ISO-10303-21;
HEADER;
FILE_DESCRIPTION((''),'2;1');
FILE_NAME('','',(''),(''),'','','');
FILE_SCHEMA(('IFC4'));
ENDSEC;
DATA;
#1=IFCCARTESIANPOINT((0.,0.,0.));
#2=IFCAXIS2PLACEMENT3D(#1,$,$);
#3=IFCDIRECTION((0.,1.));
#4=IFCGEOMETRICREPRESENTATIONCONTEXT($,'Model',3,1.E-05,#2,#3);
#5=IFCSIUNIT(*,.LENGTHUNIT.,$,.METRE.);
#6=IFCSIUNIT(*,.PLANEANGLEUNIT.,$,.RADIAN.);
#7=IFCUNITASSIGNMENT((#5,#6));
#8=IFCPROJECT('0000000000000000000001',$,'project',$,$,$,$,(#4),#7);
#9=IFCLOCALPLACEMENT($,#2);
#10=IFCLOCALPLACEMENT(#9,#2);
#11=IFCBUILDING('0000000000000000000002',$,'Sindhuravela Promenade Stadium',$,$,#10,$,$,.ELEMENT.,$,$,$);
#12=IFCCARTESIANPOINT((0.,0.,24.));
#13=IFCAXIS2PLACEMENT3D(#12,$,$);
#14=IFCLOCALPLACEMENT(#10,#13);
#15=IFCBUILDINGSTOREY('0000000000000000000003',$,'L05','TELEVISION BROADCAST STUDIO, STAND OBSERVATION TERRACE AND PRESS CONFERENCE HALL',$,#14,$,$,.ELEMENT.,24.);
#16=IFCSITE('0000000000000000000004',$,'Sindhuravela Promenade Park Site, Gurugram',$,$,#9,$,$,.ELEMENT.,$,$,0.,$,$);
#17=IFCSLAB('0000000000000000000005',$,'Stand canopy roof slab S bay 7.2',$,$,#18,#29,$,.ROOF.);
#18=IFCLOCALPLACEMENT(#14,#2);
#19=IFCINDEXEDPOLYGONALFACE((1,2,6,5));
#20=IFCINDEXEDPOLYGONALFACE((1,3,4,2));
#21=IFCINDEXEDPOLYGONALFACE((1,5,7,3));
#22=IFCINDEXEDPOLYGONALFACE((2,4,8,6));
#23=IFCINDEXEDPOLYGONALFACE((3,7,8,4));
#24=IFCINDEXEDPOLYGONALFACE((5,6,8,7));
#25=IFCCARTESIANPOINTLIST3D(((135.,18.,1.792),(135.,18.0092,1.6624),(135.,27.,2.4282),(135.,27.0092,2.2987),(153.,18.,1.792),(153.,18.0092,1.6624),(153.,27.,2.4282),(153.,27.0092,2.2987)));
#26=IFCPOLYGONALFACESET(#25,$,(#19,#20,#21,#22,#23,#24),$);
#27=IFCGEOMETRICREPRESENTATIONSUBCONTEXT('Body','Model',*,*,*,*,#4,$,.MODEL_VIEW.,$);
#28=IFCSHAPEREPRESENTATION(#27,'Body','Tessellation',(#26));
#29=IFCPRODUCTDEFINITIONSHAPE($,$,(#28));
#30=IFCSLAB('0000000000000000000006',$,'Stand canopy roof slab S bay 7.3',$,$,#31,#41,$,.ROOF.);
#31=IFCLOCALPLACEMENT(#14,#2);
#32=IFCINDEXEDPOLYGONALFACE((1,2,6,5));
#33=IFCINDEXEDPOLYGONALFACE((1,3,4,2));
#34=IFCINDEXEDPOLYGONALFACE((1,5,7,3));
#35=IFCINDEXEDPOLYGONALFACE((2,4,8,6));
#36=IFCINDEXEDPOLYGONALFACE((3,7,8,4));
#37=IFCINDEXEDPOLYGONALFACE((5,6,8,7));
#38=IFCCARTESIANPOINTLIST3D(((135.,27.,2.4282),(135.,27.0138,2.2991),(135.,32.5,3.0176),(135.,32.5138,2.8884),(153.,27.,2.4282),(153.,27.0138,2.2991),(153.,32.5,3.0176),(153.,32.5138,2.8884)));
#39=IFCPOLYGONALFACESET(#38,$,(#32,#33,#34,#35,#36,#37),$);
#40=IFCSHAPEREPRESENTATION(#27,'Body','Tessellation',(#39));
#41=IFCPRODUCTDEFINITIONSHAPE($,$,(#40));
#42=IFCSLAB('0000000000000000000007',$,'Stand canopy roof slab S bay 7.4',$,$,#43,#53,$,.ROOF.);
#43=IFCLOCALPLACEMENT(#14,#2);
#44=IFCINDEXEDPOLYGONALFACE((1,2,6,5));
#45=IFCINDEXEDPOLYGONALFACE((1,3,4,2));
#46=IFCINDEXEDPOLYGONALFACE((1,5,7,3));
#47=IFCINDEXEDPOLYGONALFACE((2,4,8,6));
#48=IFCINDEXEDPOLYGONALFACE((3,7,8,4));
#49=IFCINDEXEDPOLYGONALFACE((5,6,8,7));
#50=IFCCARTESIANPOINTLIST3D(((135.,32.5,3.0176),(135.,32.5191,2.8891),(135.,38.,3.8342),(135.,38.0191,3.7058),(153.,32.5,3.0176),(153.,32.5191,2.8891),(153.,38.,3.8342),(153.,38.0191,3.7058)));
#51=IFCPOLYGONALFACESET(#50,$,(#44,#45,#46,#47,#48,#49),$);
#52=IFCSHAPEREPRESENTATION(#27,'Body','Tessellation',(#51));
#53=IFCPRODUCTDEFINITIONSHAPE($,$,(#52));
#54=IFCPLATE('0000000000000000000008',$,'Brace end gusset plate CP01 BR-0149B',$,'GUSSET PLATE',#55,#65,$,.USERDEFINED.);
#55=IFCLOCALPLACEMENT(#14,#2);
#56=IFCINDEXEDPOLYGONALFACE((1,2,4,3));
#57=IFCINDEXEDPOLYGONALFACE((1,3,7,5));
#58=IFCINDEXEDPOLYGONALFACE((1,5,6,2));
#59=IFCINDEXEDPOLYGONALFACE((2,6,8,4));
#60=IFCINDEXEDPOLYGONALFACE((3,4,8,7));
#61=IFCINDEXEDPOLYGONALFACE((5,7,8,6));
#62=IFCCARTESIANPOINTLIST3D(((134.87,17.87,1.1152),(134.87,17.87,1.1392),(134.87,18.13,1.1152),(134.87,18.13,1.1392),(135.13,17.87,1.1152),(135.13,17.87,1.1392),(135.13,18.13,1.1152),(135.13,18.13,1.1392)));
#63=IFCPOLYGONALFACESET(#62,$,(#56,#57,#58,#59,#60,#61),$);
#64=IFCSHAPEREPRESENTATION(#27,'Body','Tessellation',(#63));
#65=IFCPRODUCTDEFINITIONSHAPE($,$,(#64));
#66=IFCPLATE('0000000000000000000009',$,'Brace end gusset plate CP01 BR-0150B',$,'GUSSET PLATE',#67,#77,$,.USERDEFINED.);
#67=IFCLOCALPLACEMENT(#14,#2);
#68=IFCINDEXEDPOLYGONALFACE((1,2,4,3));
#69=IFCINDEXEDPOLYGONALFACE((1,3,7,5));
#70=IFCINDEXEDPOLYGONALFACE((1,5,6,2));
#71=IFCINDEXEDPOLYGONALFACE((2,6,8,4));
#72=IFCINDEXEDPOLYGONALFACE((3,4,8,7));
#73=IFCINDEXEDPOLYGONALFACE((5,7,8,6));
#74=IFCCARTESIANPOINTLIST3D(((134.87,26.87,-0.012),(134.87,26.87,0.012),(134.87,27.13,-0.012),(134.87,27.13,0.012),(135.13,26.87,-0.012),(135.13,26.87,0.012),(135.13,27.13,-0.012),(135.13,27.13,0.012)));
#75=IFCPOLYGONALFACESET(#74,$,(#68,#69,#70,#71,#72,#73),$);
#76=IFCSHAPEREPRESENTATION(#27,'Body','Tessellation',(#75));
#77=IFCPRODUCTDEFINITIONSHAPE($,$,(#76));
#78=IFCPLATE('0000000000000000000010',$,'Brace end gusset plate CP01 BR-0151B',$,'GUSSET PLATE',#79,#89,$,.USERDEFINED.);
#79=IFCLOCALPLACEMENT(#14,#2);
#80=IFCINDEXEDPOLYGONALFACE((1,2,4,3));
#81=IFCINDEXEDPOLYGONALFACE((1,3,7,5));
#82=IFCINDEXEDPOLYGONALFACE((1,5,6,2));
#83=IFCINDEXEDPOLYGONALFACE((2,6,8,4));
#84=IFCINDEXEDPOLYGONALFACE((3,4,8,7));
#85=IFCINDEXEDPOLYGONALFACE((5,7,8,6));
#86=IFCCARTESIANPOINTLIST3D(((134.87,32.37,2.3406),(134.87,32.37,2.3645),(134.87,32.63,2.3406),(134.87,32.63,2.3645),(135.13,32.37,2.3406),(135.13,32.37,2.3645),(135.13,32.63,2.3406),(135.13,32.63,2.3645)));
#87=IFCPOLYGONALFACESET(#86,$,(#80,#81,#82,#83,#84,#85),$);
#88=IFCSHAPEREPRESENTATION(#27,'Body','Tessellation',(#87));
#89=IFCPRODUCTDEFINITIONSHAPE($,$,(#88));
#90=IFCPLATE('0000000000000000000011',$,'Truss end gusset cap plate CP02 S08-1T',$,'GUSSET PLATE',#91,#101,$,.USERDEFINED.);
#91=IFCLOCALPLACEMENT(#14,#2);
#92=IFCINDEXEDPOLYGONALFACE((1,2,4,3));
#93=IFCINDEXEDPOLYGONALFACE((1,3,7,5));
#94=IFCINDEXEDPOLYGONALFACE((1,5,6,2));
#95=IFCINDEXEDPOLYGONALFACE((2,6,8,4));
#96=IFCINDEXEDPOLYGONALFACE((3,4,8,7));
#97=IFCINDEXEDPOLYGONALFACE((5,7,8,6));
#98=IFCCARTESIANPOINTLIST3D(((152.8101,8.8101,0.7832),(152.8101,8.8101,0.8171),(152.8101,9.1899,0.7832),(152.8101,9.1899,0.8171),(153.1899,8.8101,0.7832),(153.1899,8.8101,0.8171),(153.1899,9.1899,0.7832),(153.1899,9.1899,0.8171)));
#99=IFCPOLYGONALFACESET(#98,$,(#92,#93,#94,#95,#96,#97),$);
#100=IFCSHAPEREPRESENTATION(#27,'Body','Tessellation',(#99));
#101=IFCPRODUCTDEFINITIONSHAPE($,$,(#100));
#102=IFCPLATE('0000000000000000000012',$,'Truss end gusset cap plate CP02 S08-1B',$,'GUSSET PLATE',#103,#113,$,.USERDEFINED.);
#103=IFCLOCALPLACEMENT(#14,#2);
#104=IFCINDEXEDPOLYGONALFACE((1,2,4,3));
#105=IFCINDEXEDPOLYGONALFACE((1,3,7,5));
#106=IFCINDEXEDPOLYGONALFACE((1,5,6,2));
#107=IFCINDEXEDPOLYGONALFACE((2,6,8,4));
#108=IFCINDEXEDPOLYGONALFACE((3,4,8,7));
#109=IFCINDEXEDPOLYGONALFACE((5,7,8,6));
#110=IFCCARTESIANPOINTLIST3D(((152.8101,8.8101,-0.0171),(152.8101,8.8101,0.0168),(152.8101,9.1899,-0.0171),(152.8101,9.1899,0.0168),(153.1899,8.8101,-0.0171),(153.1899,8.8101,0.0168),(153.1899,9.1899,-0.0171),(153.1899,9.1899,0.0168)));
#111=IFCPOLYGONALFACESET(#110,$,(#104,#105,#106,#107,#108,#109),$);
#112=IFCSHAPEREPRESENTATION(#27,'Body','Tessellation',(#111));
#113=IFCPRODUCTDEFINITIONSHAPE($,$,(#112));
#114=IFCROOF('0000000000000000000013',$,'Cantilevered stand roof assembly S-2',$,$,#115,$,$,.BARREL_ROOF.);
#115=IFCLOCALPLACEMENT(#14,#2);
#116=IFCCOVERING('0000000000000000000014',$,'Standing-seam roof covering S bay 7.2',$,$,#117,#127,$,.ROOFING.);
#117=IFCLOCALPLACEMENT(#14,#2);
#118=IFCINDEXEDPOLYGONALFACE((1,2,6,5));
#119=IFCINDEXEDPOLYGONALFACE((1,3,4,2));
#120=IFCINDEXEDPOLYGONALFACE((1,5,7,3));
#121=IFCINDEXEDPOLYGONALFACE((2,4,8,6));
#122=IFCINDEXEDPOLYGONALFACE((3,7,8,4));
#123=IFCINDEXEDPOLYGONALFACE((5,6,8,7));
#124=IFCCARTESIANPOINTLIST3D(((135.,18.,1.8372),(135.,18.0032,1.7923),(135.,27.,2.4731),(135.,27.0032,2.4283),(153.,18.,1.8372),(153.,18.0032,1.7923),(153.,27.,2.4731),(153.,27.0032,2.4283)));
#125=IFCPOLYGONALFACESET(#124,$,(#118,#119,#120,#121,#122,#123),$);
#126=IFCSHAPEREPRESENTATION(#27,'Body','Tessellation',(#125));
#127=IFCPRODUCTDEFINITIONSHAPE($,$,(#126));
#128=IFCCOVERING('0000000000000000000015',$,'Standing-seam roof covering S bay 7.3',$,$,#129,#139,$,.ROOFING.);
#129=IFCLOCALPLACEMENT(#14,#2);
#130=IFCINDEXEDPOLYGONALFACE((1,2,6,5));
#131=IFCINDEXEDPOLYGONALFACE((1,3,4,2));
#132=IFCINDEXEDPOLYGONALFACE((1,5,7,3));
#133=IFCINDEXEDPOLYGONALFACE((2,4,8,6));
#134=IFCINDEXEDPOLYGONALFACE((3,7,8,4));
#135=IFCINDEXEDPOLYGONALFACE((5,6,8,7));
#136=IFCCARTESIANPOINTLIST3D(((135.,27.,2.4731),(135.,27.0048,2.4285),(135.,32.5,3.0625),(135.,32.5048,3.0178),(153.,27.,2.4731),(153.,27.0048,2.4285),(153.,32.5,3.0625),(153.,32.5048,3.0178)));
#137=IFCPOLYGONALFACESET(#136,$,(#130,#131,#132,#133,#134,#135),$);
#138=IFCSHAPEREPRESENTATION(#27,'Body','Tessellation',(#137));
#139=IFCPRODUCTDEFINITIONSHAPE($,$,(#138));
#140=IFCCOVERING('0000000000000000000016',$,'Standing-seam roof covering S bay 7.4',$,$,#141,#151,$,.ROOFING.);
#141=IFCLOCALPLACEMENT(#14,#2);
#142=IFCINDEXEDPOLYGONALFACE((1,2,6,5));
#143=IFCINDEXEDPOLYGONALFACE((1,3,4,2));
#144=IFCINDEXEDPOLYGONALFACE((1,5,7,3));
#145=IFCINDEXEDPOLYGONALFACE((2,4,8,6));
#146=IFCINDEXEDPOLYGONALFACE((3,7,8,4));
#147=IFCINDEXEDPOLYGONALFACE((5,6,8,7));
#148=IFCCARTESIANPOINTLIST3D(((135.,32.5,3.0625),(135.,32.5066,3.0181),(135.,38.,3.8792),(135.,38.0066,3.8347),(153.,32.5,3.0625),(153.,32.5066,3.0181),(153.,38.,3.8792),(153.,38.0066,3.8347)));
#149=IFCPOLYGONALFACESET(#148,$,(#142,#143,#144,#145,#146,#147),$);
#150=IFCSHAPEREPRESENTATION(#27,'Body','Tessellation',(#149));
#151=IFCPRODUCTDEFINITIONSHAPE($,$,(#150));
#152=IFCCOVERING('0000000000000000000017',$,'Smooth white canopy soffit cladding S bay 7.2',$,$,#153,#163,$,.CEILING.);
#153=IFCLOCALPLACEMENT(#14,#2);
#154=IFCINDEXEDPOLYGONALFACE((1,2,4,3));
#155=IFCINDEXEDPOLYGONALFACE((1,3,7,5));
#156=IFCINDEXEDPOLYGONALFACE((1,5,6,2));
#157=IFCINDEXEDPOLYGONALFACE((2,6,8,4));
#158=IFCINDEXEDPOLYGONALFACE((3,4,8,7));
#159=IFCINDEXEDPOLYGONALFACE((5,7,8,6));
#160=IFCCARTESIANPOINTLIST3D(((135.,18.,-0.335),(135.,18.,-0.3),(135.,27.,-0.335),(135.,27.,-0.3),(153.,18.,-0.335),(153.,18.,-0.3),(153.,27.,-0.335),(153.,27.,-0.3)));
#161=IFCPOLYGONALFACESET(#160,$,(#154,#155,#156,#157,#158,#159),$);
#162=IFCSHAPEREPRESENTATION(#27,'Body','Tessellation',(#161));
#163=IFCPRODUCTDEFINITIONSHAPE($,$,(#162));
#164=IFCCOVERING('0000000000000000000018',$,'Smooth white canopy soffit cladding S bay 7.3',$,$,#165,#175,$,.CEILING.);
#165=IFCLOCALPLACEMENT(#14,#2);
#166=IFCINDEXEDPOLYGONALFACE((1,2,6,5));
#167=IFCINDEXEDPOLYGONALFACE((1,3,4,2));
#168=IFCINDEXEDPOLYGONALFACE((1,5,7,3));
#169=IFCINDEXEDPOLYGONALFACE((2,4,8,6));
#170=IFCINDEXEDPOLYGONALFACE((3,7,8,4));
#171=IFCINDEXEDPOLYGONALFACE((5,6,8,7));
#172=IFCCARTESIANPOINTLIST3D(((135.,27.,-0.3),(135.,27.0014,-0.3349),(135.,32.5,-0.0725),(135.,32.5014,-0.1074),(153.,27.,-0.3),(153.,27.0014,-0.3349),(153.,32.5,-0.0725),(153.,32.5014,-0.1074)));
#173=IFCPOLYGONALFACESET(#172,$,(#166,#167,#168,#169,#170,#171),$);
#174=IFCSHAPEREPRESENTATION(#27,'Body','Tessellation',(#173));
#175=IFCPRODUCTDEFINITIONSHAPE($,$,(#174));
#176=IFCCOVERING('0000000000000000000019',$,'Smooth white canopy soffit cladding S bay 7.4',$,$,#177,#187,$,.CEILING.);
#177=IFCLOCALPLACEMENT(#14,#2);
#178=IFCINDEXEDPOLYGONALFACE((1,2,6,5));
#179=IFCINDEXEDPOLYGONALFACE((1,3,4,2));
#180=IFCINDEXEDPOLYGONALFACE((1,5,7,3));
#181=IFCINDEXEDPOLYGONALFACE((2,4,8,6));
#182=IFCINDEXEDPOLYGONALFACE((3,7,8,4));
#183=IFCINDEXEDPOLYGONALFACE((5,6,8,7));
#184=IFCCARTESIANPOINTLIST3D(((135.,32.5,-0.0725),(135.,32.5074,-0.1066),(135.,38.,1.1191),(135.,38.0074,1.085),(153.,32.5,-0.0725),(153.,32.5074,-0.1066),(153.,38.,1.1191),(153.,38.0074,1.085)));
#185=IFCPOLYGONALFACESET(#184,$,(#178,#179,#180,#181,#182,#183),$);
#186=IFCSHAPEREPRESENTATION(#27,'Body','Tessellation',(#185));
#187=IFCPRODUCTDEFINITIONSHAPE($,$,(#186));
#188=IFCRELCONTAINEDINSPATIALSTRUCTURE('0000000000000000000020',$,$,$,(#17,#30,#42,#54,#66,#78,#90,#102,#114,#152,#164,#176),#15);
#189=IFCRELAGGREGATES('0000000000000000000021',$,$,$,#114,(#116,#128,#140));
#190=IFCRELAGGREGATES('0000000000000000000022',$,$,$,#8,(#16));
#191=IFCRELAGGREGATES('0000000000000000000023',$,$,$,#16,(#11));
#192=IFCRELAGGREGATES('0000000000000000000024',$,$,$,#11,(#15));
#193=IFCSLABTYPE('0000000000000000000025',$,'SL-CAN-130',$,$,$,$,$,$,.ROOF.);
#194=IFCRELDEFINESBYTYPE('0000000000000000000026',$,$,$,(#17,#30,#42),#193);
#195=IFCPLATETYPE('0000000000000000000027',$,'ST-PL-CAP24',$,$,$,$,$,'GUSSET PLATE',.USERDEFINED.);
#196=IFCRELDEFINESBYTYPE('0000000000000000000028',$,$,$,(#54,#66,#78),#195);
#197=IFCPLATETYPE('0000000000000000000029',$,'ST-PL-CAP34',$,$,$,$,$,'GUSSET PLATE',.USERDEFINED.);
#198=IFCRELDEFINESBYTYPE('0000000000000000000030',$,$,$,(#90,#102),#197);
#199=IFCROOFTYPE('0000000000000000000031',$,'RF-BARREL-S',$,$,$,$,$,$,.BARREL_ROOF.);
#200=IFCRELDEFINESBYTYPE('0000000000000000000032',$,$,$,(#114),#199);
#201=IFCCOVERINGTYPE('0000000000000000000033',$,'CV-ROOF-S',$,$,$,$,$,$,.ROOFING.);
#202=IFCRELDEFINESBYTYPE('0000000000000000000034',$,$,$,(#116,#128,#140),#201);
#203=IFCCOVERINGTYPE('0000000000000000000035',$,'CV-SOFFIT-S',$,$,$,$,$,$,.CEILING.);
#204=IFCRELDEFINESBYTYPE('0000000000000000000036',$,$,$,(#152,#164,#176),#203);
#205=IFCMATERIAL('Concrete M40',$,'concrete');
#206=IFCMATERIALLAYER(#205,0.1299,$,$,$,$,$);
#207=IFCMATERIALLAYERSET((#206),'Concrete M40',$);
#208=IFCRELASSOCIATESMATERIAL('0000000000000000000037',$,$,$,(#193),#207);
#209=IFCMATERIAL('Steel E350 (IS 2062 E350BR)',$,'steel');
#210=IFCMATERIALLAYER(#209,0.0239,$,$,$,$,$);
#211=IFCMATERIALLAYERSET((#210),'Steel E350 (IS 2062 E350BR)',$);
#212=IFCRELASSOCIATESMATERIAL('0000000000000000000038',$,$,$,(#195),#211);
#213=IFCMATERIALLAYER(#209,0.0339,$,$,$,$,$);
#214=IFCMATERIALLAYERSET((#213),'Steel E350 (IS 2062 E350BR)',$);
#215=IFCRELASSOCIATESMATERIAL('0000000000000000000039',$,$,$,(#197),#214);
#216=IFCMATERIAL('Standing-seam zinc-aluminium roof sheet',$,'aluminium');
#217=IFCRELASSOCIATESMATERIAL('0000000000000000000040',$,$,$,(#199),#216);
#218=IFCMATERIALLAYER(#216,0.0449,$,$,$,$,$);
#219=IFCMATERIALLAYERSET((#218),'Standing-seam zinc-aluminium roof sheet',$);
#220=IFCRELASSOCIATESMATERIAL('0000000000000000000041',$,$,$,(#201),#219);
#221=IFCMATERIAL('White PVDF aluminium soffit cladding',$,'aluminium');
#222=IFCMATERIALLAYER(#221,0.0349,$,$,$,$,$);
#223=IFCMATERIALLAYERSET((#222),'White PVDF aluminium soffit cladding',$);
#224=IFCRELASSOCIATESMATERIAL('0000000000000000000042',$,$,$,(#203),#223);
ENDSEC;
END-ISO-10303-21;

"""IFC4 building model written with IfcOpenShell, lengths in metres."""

from ifc_helpers import new_model, si_unit, direction, frame, origin, origin_2d, place, context, subcontext, project, spatial, polyline, rectangle, outline, extrude, material, layer, layer_set, type_object, element, aggregate, save


model = new_model("IFC4")

# Units and contexts
model_context = context("Model", 3, precision=1e-05, world=origin(), true_north=direction((0.0, 1.0)))
body_context = subcontext(model_context, "Body", "Model", "MODEL_VIEW")
ifc_project = project(units=[si_unit("LENGTHUNIT", "METRE"), si_unit("PLANEANGLEUNIT", "RADIAN")], contexts=[model_context])

# Site, building, storey
site_placement = place(None, origin())
site = spatial("IfcSite", under=ifc_project, at=site_placement, Name="Sindhuravela Promenade Park Site, Gurugram", CompositionType="ELEMENT", RefElevation=0.0)
building_placement = place(site_placement, origin())
building = spatial("IfcBuilding", under=site, at=building_placement, Name="Sindhuravela Promenade Stadium", CompositionType="ELEMENT")
storey_placement = place(building_placement, frame((0.0, 0.0, 24.0)))
storey = spatial("IfcBuildingStorey", under=building, at=storey_placement, Name="L05", Description="TELEVISION BROADCAST STUDIO, STAND OBSERVATION TERRACE AND PRESS CONFERENCE HALL", CompositionType="ELEMENT", Elevation=24.0)

# Shared definitions
ifc_material_1 = material(Name="Steel E350 (IS 2062 E350BR)", Category="steel")

# Slabs
ifc_material_2 = material(Name="Concrete M40", Category="concrete")
ifc_layer_1 = layer(ifc_material_2, 0.1299)
ifc_layer_set_1 = layer_set([ifc_layer_1], Name="Concrete M40")
slab_type = type_object("IfcSlabType", Name="SL-CAN-130", PredefinedType="ROOF", material=ifc_layer_set_1)
slab_1_placement = place(storey_placement, frame((135.0, 18.0, 1.792), z_axis=(0.0, -0.070516, 0.997511), x_axis=(1.0, 0.0, 0.0)))
element("IfcSlab", 1, at=slab_1_placement, inside=storey, type_object=slab_type, Name="Stand canopy roof slab S bay 7.2", PredefinedType="ROOF", context=body_context, shape_type="SweptSolid", body=[
    extrude(outline(polyline([(0.0, 0.0), (18.0, 0.0), (18.0, 9.0225), (0.0, 9.0225), (0.0, 0.0)])), origin(), (0.0, 0.0, -1.0), 0.1299),
])
slab_2_placement = place(storey_placement, frame((135.0, 27.0, 2.4282), z_axis=(0.0, -0.106546, 0.994308), x_axis=(1.0, 0.0, 0.0)))
element("IfcSlab", 2, at=slab_2_placement, inside=storey, type_object=slab_type, Name="Stand canopy roof slab S bay 7.3", PredefinedType="ROOF", context=body_context, shape_type="SweptSolid", body=[
    extrude(outline(polyline([(0.0, 0.0), (18.0, 0.0), (18.0, 5.5315), (0.0, 5.5315), (0.0, 0.0)])), origin(), (0.0, 0.0, -1.0), 0.1299),
])
slab_3_placement = place(storey_placement, frame((135.0, 32.5, 3.0176), z_axis=(0.0, -0.146872, 0.989156), x_axis=(1.0, 0.0, 0.0)))
element("IfcSlab", 3, at=slab_3_placement, inside=storey, type_object=slab_type, Name="Stand canopy roof slab S bay 7.4", PredefinedType="ROOF", context=body_context, shape_type="SweptSolid", body=[
    extrude(outline(polyline([(0.0, 0.0), (18.0, 0.0), (18.0, 5.5603), (0.0, 5.5603), (0.0, 0.0)])), origin(), (0.0, 0.0, -1.0), 0.1299),
])

# Plates
ifc_layer_2 = layer(ifc_material_1, 0.0239)
ifc_layer_set_2 = layer_set([ifc_layer_2], Name="Steel E350 (IS 2062 E350BR)")
plate_type_1 = type_object("IfcPlateType", Name="ST-PL-CAP24", ElementType="GUSSET PLATE", PredefinedType="USERDEFINED", material=ifc_layer_set_2)
for number, where, z_axis, x_axis, name in (
    (4, (135.0, 18.0, 1.1152), (0.0, 0.0, 1.0), (1.0, 0.0, 0.0), "Brace end gusset plate CP01 BR-0149B"),
    (5, (135.0, 27.0, -0.012), (0.0, 0.0, 1.0), (1.0, 0.0, 0.0), "Brace end gusset plate CP01 BR-0150B"),
    (6, (135.0, 32.5, 2.3406), (0.0, 0.0, 1.0), (1.0, 0.0, 0.0), "Brace end gusset plate CP01 BR-0151B"),
):
    element("IfcPlate", number, at=place(storey_placement, frame(where, z_axis=z_axis, x_axis=x_axis)), inside=storey, type_object=plate_type_1, Name=name, ObjectType="GUSSET PLATE", PredefinedType="USERDEFINED", context=body_context, shape_type="SweptSolid", body=[
        extrude(rectangle(XDim=0.26, YDim=0.26, at=origin_2d()), origin(), (0.0, 0.0, 1.0), 0.0239),
    ])
ifc_layer_3 = layer(ifc_material_1, 0.0339)
ifc_layer_set_3 = layer_set([ifc_layer_3], Name="Steel E350 (IS 2062 E350BR)")
plate_type_2 = type_object("IfcPlateType", Name="ST-PL-CAP34", ElementType="GUSSET PLATE", PredefinedType="USERDEFINED", material=ifc_layer_set_3)
for number, where, z_axis, x_axis, name in (
    (7, (153.0, 9.0, 0.7832), (0.0, 0.0, 1.0), (1.0, 0.0, 0.0), "Truss end gusset cap plate CP02 S08-1T"),
    (8, (153.0, 9.0, -0.0171), (0.0, 0.0, 1.0), (1.0, 0.0, 0.0), "Truss end gusset cap plate CP02 S08-1B"),
):
    element("IfcPlate", number, at=place(storey_placement, frame(where, z_axis=z_axis, x_axis=x_axis)), inside=storey, type_object=plate_type_2, Name=name, ObjectType="GUSSET PLATE", PredefinedType="USERDEFINED", context=body_context, shape_type="SweptSolid", body=[
        extrude(rectangle(XDim=0.3799, YDim=0.3799, at=origin_2d()), origin(), (0.0, 0.0, 1.0), 0.0339),
    ])

# Roof, coverings
ifc_material_3 = material(Name="Standing-seam zinc-aluminium roof sheet", Category="aluminium")
roof_type = type_object("IfcRoofType", Name="RF-BARREL-S", PredefinedType="BARREL_ROOF", material=ifc_material_3)
roof_placement = place(storey_placement, origin())
roof = element("IfcRoof", 9, at=roof_placement, inside=storey, type_object=roof_type, Name="Cantilevered stand roof assembly S-2", PredefinedType="BARREL_ROOF")
ifc_layer_4 = layer(ifc_material_3, 0.0449)
ifc_layer_set_4 = layer_set([ifc_layer_4], Name="Standing-seam zinc-aluminium roof sheet")
covering_type_1 = type_object("IfcCoveringType", Name="CV-ROOF-S", PredefinedType="ROOFING", material=ifc_layer_set_4)
covering_1_placement = place(storey_placement, frame((135.0, 18.0, 1.8372), z_axis=(0.0, -0.070489, 0.997513), x_axis=(1.0, 0.0, 0.0)))
covering_1 = element("IfcCovering", 10, at=covering_1_placement, type_object=covering_type_1, Name="Standing-seam roof covering S bay 7.2", PredefinedType="ROOFING", context=body_context, shape_type="SweptSolid", body=[
    extrude(outline(polyline([(0.0, 0.0), (18.0, 0.0), (18.0, 9.0224), (0.0, 9.0224), (0.0, 0.0)])), origin(), (0.0, 0.0, -1.0), 0.0449),
])
covering_2_placement = place(storey_placement, frame((135.0, 27.0, 2.4731), z_axis=(0.0, -0.106546, 0.994308), x_axis=(1.0, 0.0, 0.0)))
covering_2 = element("IfcCovering", 11, at=covering_2_placement, type_object=covering_type_1, Name="Standing-seam roof covering S bay 7.3", PredefinedType="ROOFING", context=body_context, shape_type="SweptSolid", body=[
    extrude(outline(polyline([(0.0, 0.0), (18.0, 0.0), (18.0, 5.5315), (0.0, 5.5315), (0.0, 0.0)])), origin(), (0.0, 0.0, -1.0), 0.0449),
])
covering_3_placement = place(storey_placement, frame((135.0, 32.5, 3.0625), z_axis=(0.0, -0.146872, 0.989156), x_axis=(1.0, 0.0, 0.0)))
covering_3 = element("IfcCovering", 12, at=covering_3_placement, type_object=covering_type_1, Name="Standing-seam roof covering S bay 7.4", PredefinedType="ROOFING", context=body_context, shape_type="SweptSolid", body=[
    extrude(outline(polyline([(0.0, 0.0), (18.0, 0.0), (18.0, 5.5603), (0.0, 5.5603), (0.0, 0.0)])), origin(), (0.0, 0.0, -1.0), 0.0449),
])
aggregate(roof, [covering_1, covering_2, covering_3])

# Coverings
ifc_material_4 = material(Name="White PVDF aluminium soffit cladding", Category="aluminium")
ifc_layer_5 = layer(ifc_material_4, 0.0349)
ifc_layer_set_5 = layer_set([ifc_layer_5], Name="White PVDF aluminium soffit cladding")
covering_type_2 = type_object("IfcCoveringType", Name="CV-SOFFIT-S", PredefinedType="CEILING", material=ifc_layer_set_5)
covering_4_placement = place(storey_placement, frame((135.0, 18.0, -0.3), z_axis=(0.0, 0.0, 1.0), x_axis=(1.0, 0.0, 0.0)))
element("IfcCovering", 13, at=covering_4_placement, inside=storey, type_object=covering_type_2, Name="Smooth white canopy soffit cladding S bay 7.2", PredefinedType="CEILING", context=body_context, shape_type="SweptSolid", body=[
    extrude(outline(polyline([(0.0, 0.0), (18.0, 0.0), (18.0, 9.0), (0.0, 9.0), (0.0, 0.0)])), origin(), (0.0, 0.0, -1.0), 0.0349),
])
covering_5_placement = place(storey_placement, frame((135.0, 27.0, -0.3), z_axis=(0.0, -0.041335, 0.999145), x_axis=(1.0, 0.0, 0.0)))
element("IfcCovering", 14, at=covering_5_placement, inside=storey, type_object=covering_type_2, Name="Smooth white canopy soffit cladding S bay 7.3", PredefinedType="CEILING", context=body_context, shape_type="SweptSolid", body=[
    extrude(outline(polyline([(0.0, 0.0), (18.0, 0.0), (18.0, 5.5047), (0.0, 5.5047), (0.0, 0.0)])), origin(), (0.0, 0.0, -1.0), 0.0349),
])
covering_6_placement = place(storey_placement, frame((135.0, 32.5, -0.0725), z_axis=(0.0, -0.211751, 0.977324), x_axis=(1.0, 0.0, 0.0)))
element("IfcCovering", 15, at=covering_6_placement, inside=storey, type_object=covering_type_2, Name="Smooth white canopy soffit cladding S bay 7.4", PredefinedType="CEILING", context=body_context, shape_type="SweptSolid", body=[
    extrude(outline(polyline([(0.0, 0.0), (18.0, 0.0), (18.0, 5.6276), (0.0, 5.6276), (0.0, 0.0)])), origin(), (0.0, 0.0, -1.0), 0.0349),
])

save(model, "model.ifc")
